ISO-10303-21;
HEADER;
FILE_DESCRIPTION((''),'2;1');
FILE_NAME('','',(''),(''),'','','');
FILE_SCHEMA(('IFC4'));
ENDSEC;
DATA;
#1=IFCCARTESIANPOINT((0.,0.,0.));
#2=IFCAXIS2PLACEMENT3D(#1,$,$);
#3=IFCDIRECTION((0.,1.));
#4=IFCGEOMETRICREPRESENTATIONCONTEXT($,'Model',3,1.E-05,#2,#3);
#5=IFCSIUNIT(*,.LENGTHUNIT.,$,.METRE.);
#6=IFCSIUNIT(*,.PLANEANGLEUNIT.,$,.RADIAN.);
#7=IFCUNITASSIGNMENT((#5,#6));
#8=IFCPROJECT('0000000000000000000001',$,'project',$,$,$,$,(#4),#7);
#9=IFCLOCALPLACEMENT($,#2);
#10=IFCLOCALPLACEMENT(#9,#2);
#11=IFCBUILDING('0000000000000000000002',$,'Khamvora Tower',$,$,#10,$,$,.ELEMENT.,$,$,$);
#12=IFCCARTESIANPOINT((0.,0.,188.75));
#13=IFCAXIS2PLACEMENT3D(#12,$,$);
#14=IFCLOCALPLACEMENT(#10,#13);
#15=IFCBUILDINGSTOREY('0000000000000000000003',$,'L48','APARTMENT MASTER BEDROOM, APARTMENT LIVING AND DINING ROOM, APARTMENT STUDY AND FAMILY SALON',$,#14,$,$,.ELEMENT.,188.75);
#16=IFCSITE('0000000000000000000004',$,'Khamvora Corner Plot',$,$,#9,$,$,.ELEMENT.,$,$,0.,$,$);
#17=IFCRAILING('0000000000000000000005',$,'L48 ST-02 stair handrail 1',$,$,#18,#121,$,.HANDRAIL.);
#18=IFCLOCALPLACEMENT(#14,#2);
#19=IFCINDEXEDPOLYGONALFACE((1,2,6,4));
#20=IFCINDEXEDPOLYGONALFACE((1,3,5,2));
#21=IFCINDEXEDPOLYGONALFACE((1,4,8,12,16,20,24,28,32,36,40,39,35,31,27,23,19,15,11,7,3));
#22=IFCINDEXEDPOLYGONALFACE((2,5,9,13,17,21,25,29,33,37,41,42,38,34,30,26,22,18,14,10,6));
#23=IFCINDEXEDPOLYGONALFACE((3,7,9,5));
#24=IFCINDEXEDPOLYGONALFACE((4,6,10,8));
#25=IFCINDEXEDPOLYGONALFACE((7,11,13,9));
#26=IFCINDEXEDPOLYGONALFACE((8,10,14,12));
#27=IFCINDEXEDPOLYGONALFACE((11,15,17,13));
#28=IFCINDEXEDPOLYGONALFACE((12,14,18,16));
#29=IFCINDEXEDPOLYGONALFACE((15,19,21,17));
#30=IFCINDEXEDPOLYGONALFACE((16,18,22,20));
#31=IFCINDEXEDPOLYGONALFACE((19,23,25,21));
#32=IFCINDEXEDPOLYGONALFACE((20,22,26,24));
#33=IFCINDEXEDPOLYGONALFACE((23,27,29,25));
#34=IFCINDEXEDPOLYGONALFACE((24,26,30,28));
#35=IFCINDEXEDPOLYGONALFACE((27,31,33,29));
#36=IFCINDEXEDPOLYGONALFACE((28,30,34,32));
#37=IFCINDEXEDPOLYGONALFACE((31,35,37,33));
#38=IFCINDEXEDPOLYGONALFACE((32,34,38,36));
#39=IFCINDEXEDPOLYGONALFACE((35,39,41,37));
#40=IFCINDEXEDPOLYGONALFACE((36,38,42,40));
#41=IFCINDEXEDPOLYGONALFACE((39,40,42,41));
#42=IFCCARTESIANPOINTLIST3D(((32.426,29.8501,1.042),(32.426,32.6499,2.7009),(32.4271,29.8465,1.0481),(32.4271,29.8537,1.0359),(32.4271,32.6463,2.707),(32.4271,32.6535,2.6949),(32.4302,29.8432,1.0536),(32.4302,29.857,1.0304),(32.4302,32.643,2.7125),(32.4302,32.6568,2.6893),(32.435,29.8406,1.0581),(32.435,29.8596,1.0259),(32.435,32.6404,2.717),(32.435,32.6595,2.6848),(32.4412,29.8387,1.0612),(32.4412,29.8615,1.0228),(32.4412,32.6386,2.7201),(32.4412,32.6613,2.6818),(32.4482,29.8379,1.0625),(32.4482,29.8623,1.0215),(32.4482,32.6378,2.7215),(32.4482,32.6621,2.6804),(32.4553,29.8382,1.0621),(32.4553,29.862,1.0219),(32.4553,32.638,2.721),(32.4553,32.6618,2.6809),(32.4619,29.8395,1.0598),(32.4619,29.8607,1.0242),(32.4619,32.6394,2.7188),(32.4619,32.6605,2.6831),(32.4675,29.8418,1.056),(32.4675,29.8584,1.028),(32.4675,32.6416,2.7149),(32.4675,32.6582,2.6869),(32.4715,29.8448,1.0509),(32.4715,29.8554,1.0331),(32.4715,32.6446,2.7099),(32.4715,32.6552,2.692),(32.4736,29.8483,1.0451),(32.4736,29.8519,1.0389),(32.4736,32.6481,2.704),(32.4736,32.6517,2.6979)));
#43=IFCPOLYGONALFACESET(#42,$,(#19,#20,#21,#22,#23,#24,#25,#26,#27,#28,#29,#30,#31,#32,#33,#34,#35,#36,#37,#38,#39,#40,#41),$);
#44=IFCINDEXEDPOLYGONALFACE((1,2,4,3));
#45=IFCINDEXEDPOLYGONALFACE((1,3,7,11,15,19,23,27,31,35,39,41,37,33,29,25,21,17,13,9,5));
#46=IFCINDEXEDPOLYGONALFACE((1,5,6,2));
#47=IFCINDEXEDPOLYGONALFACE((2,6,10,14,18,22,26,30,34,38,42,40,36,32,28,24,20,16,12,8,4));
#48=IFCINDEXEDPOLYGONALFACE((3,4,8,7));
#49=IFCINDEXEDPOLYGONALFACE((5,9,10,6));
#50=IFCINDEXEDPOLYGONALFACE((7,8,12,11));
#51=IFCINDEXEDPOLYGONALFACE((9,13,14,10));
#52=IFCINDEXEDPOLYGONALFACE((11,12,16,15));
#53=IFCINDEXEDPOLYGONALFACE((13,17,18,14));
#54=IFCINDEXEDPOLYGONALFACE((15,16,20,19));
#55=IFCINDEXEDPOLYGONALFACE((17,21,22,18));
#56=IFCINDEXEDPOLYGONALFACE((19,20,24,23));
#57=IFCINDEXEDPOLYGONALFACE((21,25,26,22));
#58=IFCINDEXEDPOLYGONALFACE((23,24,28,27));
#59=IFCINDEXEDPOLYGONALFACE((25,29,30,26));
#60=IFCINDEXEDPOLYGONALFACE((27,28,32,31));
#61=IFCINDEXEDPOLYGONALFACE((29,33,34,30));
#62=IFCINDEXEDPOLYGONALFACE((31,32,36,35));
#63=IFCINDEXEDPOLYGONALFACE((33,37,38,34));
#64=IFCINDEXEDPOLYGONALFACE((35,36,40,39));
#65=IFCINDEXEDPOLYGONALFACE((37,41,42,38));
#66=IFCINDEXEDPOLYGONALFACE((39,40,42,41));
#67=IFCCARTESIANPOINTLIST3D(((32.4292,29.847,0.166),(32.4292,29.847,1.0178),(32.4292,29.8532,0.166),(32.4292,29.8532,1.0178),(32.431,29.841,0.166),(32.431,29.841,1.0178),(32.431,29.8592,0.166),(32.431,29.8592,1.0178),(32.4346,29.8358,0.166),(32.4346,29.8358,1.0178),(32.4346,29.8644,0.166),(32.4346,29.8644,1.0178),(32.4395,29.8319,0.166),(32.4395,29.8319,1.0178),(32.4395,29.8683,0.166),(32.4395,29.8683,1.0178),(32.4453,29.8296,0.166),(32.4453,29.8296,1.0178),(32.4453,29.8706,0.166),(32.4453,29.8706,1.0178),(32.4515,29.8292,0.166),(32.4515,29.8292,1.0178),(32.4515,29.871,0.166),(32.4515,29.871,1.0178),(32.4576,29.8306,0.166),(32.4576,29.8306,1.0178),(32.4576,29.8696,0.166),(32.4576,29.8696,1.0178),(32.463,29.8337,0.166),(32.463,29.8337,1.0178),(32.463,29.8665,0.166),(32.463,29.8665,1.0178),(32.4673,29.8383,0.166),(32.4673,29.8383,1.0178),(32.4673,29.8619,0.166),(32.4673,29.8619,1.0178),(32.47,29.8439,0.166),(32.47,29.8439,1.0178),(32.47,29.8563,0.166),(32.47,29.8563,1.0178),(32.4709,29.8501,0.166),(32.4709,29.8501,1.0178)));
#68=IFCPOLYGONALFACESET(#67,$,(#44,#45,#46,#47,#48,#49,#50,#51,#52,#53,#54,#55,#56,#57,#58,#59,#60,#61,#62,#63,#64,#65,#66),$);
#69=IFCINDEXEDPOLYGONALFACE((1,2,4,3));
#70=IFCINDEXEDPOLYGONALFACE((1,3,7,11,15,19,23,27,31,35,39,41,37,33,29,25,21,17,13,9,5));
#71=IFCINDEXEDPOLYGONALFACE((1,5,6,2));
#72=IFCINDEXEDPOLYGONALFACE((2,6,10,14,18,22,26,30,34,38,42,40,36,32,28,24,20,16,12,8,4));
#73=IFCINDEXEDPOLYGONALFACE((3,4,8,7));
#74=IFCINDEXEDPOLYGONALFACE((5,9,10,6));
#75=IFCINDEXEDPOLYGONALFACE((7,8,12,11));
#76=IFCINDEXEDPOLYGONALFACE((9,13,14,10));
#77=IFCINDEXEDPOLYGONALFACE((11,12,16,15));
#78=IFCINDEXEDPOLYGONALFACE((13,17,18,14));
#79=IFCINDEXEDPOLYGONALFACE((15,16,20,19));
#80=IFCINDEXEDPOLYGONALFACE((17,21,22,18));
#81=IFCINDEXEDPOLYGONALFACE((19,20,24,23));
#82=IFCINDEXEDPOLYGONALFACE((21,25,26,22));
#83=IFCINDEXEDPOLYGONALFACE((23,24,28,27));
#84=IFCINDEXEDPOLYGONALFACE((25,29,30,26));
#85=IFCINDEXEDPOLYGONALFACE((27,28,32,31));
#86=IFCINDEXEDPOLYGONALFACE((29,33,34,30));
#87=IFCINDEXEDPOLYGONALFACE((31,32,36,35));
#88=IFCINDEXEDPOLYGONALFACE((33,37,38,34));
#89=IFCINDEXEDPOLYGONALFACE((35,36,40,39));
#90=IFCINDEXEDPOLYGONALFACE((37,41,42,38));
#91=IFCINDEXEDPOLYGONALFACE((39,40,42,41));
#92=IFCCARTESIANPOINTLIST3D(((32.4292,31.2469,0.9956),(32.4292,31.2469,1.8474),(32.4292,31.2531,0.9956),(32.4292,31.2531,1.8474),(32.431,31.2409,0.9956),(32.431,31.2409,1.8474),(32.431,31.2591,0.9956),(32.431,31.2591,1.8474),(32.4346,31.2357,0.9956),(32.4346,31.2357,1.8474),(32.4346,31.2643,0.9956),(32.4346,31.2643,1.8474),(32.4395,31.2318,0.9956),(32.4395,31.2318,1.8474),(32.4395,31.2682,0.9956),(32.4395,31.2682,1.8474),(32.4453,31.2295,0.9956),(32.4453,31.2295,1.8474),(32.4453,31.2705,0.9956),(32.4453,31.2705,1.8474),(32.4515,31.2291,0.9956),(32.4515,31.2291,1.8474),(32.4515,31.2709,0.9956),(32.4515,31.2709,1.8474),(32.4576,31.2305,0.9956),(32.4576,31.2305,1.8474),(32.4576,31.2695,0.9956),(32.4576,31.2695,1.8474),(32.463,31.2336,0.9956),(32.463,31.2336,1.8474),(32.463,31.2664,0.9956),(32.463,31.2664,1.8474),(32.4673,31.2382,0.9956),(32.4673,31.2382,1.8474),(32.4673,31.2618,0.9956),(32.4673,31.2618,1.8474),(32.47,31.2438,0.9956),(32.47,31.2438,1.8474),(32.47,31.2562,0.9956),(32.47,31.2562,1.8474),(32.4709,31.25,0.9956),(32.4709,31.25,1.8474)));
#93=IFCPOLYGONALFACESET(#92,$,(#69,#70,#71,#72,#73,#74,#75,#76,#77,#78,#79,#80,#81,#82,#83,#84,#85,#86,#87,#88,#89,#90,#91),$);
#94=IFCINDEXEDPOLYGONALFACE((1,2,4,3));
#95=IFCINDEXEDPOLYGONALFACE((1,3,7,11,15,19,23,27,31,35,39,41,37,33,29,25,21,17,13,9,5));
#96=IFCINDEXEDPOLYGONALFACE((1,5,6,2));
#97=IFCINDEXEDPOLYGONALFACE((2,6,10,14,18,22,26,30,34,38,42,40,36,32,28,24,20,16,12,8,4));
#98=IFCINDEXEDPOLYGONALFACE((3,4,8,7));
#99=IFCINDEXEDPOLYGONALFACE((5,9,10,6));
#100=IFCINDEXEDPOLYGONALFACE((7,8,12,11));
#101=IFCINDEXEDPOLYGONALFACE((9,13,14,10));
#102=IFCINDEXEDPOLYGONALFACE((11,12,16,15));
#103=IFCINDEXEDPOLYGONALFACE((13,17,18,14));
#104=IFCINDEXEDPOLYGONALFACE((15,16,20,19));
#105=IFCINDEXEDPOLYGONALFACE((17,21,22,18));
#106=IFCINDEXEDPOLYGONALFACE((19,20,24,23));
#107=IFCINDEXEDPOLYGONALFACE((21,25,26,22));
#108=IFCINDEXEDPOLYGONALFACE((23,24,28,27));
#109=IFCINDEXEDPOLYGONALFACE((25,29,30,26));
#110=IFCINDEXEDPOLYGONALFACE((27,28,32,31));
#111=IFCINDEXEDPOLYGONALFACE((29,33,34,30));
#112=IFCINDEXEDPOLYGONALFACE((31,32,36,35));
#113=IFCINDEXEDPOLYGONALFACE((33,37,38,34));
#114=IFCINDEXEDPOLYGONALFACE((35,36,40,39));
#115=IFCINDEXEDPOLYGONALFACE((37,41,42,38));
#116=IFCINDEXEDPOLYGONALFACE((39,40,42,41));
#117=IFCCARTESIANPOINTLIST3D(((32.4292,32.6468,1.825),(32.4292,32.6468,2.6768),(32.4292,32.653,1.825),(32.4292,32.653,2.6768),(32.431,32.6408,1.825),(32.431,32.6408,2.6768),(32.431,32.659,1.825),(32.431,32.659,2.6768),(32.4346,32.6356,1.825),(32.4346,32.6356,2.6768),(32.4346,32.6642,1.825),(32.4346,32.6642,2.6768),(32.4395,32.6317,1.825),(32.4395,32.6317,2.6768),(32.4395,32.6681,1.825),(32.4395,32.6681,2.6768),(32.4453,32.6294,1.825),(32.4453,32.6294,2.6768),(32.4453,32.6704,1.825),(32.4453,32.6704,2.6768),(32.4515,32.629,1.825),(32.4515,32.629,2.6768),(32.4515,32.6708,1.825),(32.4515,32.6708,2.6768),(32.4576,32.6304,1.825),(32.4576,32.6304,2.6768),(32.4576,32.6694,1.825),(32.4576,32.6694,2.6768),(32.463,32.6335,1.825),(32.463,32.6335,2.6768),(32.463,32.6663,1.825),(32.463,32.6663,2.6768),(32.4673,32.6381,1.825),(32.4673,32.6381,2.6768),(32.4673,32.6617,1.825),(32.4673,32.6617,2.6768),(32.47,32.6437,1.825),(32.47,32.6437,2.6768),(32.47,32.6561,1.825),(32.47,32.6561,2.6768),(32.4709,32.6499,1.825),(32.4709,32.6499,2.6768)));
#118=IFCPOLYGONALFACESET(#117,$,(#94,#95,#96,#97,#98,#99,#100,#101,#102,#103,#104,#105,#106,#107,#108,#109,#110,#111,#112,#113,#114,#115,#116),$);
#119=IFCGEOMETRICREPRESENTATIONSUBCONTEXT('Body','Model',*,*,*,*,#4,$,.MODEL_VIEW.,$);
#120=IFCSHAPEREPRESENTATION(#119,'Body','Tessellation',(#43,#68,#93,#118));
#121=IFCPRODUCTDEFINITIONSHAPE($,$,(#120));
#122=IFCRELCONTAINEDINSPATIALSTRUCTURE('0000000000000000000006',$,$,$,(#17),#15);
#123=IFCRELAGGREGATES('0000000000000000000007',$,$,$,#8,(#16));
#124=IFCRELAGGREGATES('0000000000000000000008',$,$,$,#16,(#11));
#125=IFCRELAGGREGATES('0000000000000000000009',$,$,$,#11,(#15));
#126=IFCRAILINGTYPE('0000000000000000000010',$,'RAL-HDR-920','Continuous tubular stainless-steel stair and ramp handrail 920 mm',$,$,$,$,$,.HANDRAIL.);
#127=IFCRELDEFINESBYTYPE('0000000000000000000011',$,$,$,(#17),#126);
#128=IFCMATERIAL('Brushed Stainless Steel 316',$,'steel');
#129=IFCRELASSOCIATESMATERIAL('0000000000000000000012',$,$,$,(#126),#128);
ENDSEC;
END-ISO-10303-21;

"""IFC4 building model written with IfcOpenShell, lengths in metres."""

from ifc_helpers import new_model, si_unit, direction, frame, origin, origin_2d, place, context, subcontext, project, spatial, circle, extrude, material, type_object, element, save


model = new_model("IFC4")

# Units and contexts
model_context = context("Model", 3, precision=1e-05, world=origin(), true_north=direction((0.0, 1.0)))
body_context = subcontext(model_context, "Body", "Model", "MODEL_VIEW")
ifc_project = project(units=[si_unit("LENGTHUNIT", "METRE"), si_unit("PLANEANGLEUNIT", "RADIAN")], contexts=[model_context])

# Site, building, storey
site_placement = place(None, origin())
site = spatial("IfcSite", under=ifc_project, at=site_placement, Name="Khamvora Corner Plot", CompositionType="ELEMENT", RefElevation=0.0)
building_placement = place(site_placement, origin())
building = spatial("IfcBuilding", under=site, at=building_placement, Name="Khamvora Tower", CompositionType="ELEMENT")
storey_placement = place(building_placement, frame((0.0, 0.0, 188.75)))
storey = spatial("IfcBuildingStorey", under=building, at=storey_placement, Name="L48", Description="APARTMENT MASTER BEDROOM, APARTMENT LIVING AND DINING ROOM, APARTMENT STUDY AND FAMILY SALON", CompositionType="ELEMENT", Elevation=188.75)

# Railing
ifc_material_1 = material(Name="Brushed Stainless Steel 316", Category="steel")
railing_type_1 = type_object("IfcRailingType", Name="RAL-HDR-920", Description="Continuous tubular stainless-steel stair and ramp handrail 920 mm", PredefinedType="HANDRAIL", material=ifc_material_1)
railing_1_placement = place(storey_placement, frame((32.45, 29.8501, 0.166)))
element("IfcRailing", 1, at=railing_1_placement, inside=storey, type_object=railing_type_1, Name="L48 ST-02 stair handrail 1", PredefinedType="HANDRAIL", context=body_context, shape_type="SweptSolid", body=[
    extrude(circle(Radius=0.0239, at=origin_2d()), frame((0.0, 0.0, 0.876), z_axis=(0.0, 0.86032, 0.509755), x_axis=(-1.0, 0.0, 0.0)), (0.0, 0.0, 1.0), 3.2544),
    extrude(circle(Radius=0.021, at=origin_2d()), origin(), (0.0, 0.0, 1.0), 0.8518),
    extrude(circle(Radius=0.021, at=origin_2d()), frame((0.0, 1.3999, 0.8296)), (0.0, 0.0, 1.0), 0.8518),
    extrude(circle(Radius=0.021, at=origin_2d()), frame((0.0, 2.7998, 1.6589)), (0.0, 0.0, 1.0), 0.8518),
])

save(model, "model.ifc")
